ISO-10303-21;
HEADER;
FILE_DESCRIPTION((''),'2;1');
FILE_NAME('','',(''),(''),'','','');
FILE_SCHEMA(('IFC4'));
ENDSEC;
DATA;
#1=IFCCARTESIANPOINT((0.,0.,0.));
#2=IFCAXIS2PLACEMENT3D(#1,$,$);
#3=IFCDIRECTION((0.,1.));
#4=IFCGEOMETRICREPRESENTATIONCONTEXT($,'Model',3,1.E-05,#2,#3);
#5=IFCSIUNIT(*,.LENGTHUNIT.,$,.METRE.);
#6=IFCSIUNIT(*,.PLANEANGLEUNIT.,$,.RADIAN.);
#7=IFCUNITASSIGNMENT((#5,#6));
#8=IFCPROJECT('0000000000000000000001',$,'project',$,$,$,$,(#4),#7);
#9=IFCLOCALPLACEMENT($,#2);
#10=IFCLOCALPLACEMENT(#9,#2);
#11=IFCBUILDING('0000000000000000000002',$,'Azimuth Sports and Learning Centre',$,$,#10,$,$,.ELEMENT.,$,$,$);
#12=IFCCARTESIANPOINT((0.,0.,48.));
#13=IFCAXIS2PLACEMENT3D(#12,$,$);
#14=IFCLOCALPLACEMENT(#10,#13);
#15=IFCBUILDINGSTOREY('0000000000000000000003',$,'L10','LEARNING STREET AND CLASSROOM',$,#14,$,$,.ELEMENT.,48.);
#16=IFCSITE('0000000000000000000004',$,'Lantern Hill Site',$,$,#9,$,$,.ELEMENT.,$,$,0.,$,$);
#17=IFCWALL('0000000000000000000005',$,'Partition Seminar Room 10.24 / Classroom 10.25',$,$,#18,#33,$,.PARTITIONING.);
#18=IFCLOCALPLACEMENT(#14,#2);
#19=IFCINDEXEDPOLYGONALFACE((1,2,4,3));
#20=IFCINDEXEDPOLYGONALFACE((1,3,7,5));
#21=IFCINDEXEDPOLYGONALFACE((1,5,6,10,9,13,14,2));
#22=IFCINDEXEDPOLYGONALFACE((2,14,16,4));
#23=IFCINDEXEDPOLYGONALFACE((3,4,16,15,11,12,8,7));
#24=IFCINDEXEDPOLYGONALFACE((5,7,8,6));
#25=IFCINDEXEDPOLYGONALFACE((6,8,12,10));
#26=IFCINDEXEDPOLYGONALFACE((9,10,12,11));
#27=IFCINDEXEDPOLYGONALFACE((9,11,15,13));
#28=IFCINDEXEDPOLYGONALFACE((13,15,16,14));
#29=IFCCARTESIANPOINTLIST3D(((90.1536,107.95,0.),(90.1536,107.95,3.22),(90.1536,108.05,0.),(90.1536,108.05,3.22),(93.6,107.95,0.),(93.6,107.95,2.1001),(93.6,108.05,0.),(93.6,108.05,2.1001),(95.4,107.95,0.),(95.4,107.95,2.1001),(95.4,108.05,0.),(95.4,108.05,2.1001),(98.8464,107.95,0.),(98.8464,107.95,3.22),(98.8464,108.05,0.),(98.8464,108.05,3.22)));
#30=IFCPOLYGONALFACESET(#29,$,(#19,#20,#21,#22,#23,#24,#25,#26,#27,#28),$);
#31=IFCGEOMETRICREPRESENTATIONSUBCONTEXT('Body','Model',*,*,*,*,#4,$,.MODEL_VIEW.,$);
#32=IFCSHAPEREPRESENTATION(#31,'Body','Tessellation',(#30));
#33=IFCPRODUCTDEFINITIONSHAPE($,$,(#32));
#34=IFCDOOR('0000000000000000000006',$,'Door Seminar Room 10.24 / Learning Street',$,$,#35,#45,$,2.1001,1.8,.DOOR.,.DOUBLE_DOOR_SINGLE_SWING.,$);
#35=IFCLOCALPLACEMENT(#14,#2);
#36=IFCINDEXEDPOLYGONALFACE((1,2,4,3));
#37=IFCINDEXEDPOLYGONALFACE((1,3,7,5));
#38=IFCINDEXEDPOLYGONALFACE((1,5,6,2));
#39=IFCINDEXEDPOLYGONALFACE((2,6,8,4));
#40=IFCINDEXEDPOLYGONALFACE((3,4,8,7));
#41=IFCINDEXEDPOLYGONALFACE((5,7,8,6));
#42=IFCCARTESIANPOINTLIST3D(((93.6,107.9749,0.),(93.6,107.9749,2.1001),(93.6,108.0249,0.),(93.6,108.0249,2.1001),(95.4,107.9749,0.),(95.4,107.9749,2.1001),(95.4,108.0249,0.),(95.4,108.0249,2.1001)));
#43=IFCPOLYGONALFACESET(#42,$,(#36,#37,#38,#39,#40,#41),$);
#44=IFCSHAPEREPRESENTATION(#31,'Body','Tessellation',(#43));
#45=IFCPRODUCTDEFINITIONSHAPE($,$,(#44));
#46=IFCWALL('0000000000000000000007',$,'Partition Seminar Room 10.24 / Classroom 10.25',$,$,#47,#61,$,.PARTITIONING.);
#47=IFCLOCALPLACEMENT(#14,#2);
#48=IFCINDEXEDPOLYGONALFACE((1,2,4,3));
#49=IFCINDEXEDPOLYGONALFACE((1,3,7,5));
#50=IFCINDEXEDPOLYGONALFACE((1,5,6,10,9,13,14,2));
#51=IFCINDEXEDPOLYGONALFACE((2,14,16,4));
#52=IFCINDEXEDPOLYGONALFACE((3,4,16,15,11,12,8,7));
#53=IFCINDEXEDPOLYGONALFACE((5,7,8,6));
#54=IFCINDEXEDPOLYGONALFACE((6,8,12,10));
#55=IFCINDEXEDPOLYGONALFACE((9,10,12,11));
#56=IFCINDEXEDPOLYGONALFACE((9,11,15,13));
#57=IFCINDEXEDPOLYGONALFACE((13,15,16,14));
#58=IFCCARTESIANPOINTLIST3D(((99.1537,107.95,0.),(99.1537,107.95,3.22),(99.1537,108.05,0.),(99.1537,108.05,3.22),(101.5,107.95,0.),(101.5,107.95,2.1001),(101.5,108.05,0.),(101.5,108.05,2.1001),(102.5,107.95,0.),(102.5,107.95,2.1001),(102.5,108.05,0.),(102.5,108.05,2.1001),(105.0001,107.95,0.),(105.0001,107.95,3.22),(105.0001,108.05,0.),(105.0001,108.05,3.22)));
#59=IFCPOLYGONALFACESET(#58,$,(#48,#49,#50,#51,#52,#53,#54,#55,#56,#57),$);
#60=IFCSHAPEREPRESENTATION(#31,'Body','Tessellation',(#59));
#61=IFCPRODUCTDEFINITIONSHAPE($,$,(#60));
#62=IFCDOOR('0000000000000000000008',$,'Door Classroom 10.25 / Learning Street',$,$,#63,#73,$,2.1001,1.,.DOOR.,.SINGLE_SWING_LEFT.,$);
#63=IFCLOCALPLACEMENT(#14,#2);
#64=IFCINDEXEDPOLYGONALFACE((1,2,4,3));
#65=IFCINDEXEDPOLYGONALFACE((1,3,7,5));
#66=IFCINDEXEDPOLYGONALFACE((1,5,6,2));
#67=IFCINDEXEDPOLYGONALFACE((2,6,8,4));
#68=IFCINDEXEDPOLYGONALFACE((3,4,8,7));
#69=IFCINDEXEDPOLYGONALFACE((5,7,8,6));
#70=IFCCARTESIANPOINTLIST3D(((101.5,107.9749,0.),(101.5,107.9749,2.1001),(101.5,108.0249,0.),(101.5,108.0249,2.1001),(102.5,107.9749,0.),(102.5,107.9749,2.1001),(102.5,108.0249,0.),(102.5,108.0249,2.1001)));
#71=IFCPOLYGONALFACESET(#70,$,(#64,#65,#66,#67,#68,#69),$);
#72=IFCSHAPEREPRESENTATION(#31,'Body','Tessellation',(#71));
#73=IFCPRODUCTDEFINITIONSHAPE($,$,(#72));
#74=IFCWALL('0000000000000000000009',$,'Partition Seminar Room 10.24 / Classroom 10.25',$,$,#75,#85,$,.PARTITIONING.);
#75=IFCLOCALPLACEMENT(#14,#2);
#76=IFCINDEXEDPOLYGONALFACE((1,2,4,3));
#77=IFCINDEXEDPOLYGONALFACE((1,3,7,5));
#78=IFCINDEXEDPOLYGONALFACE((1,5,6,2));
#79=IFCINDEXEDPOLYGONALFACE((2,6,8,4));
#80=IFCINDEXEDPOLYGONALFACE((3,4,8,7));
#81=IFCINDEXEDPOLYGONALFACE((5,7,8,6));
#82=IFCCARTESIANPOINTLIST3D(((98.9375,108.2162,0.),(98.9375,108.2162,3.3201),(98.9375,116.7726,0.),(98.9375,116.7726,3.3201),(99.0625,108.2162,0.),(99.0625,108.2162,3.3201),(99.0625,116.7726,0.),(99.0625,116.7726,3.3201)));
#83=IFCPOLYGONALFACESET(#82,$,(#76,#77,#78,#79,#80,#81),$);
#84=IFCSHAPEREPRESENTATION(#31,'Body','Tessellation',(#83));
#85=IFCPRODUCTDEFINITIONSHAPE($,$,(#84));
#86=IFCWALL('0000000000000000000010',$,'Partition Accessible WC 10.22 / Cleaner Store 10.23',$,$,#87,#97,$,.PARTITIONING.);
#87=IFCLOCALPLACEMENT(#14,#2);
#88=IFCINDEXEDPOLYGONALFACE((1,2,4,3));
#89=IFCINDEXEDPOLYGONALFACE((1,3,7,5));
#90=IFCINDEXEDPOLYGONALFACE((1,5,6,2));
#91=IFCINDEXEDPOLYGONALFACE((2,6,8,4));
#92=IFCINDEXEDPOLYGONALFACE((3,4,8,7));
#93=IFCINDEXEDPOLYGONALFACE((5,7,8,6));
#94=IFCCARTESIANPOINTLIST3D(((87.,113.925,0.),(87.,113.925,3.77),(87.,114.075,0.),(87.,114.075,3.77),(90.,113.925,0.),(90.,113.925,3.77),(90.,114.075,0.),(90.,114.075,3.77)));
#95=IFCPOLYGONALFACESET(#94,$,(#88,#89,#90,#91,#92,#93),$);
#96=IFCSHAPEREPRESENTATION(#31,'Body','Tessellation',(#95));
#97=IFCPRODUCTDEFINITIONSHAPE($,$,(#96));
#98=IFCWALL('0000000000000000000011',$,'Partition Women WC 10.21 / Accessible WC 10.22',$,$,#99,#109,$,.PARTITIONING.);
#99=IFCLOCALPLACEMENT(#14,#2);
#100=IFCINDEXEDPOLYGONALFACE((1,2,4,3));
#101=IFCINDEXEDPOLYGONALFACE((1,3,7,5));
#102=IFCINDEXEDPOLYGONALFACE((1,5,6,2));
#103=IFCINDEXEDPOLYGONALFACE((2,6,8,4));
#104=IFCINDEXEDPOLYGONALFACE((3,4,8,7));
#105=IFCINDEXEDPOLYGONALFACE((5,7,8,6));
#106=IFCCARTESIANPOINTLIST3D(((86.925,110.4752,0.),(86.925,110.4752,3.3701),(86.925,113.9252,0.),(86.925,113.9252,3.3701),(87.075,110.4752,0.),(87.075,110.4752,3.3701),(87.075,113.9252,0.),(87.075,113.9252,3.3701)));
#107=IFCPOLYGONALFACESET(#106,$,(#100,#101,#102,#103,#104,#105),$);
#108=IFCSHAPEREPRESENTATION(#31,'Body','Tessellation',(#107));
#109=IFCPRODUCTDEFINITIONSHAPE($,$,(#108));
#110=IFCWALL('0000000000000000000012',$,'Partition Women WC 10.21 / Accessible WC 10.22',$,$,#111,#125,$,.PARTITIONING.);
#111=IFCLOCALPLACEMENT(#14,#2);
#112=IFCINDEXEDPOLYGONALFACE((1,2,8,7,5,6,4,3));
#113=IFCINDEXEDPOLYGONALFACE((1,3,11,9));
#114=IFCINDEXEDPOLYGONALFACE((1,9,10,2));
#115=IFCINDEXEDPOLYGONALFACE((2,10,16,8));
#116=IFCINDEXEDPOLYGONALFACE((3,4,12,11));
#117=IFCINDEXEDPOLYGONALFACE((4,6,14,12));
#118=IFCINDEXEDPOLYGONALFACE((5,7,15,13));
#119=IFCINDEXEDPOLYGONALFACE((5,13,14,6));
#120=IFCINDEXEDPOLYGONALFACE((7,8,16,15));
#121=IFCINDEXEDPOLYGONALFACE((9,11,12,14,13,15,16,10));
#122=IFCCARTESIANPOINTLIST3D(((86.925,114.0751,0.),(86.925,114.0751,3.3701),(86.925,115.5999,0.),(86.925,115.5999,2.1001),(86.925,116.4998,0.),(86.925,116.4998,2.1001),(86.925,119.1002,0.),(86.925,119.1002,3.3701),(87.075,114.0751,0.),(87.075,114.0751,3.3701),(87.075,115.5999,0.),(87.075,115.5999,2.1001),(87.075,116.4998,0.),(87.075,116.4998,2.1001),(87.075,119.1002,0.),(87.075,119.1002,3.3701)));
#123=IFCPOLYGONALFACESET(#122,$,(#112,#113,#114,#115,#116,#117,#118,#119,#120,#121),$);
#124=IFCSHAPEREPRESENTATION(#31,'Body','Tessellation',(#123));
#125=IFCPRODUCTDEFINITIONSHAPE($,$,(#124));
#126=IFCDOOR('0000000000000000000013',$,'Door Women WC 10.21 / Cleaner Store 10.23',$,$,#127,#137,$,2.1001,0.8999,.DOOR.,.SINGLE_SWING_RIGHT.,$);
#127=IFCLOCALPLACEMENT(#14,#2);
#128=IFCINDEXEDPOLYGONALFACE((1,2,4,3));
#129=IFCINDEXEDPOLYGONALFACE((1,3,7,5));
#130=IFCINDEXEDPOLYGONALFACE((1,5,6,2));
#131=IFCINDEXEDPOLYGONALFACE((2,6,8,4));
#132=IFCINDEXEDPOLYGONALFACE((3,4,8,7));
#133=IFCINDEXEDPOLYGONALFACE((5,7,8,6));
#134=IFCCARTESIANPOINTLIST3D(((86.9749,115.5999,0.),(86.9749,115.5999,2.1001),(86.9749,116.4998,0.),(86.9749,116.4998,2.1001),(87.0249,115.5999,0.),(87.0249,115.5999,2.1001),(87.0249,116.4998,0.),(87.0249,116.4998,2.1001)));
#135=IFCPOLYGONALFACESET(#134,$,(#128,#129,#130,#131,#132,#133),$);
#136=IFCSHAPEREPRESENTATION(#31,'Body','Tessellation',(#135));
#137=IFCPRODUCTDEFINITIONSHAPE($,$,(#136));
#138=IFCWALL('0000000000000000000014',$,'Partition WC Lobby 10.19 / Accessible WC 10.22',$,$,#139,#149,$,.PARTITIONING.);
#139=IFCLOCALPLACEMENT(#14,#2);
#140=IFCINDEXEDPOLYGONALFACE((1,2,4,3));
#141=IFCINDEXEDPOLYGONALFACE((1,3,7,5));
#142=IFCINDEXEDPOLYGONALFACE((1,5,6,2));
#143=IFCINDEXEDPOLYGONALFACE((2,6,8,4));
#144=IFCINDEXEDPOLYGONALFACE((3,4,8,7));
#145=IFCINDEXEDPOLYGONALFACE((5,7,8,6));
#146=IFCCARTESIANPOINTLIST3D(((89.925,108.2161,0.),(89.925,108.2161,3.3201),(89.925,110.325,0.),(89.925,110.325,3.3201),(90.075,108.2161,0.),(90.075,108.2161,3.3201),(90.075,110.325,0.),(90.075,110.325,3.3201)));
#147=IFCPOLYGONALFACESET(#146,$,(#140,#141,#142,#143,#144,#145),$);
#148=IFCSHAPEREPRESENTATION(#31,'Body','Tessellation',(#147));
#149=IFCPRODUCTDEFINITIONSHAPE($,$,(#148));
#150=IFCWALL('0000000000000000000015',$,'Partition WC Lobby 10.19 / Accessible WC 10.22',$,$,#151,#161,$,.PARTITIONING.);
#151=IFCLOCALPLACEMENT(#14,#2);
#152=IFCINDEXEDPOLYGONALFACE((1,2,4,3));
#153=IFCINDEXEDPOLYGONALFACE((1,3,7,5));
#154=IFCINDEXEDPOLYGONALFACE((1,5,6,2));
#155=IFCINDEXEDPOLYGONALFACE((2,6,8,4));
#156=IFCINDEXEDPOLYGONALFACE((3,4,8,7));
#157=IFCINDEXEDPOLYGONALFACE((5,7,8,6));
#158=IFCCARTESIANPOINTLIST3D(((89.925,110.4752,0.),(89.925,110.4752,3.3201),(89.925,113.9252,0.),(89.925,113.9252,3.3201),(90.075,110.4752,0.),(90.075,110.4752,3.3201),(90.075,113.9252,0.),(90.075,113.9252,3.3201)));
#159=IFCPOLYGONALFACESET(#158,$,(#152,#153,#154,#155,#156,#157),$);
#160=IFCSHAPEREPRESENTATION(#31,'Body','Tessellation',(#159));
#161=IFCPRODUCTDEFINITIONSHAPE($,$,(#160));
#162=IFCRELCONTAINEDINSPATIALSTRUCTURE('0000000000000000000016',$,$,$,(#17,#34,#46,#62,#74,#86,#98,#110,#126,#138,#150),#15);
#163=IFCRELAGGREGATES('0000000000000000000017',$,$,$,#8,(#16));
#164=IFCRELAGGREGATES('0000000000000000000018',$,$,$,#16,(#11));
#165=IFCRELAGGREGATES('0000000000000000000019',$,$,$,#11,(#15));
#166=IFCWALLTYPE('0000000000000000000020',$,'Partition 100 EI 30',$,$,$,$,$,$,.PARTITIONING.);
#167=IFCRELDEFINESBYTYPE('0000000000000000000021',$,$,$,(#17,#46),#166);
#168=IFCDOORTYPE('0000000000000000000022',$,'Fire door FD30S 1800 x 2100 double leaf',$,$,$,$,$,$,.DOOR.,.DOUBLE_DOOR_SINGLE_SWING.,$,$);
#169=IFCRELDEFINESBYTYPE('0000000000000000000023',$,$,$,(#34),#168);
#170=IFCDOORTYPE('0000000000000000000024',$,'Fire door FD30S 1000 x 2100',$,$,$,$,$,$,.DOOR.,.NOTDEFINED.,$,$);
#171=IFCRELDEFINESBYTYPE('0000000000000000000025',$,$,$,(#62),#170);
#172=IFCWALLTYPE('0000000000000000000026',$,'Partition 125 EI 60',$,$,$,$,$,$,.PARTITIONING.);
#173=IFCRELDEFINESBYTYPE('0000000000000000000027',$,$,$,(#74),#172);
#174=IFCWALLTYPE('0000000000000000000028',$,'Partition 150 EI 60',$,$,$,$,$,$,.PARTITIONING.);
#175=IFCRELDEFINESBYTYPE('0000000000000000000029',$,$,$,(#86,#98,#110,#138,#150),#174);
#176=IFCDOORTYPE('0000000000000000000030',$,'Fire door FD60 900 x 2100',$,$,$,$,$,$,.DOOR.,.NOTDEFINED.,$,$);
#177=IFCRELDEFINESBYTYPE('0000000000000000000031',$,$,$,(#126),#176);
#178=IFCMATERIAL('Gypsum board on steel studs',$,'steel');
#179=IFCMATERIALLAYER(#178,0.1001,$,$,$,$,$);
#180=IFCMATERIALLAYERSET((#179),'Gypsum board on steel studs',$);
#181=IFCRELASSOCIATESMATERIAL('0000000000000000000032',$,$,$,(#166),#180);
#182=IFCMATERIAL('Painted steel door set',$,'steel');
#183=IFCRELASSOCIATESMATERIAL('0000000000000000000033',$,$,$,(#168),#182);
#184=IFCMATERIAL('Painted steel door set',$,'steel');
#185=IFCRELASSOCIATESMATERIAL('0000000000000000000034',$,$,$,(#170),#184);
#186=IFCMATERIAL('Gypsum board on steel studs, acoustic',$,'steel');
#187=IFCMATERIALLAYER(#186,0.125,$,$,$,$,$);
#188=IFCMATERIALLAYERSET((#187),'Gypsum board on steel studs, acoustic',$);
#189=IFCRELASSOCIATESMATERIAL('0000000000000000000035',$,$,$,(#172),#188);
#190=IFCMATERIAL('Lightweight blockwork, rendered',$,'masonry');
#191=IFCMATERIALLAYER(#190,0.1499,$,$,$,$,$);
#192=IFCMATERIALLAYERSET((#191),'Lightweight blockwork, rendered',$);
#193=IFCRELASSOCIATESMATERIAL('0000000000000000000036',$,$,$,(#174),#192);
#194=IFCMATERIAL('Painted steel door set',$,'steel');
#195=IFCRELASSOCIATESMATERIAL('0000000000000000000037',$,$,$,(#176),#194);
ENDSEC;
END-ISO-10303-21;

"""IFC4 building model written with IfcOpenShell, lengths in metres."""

from ifc_helpers import new_model, si_unit, direction, frame, frame_2d, origin, place, context, subcontext, project, spatial, rectangle, extrude, material, layer, layer_set, type_object, element, fill, save


model = new_model("IFC4")

# Units and contexts
model_context = context("Model", 3, precision=1e-05, world=origin(), true_north=direction((0.0, 1.0)))
body_context = subcontext(model_context, "Body", "Model", "MODEL_VIEW")
ifc_project = project(units=[si_unit("LENGTHUNIT", "METRE"), si_unit("PLANEANGLEUNIT", "RADIAN")], contexts=[model_context])

# Site, building, storey
site_placement = place(None, origin())
site = spatial("IfcSite", under=ifc_project, at=site_placement, Name="Lantern Hill Site", CompositionType="ELEMENT", RefElevation=0.0)
building_placement = place(site_placement, origin())
building = spatial("IfcBuilding", under=site, at=building_placement, Name="Azimuth Sports and Learning Centre", CompositionType="ELEMENT")
storey_placement = place(building_placement, frame((0.0, 0.0, 48.0)))
storey = spatial("IfcBuildingStorey", under=building, at=storey_placement, Name="L10", Description="LEARNING STREET AND CLASSROOM", CompositionType="ELEMENT", Elevation=48.0)

# Walls, openings, doors
ifc_material_1 = material(Name="Gypsum board on steel studs", Category="steel")
ifc_layer_1 = layer(ifc_material_1, 0.1001)
ifc_layer_set_1 = layer_set([ifc_layer_1], Name="Gypsum board on steel studs")
wall_type_1 = type_object("IfcWallType", Name="Partition 100 EI 30", PredefinedType="PARTITIONING", material=ifc_layer_set_1)
wall_1_placement = place(storey_placement, frame((90.1536, 108.0, 0.0), z_axis=(0.0, 0.0, 1.0), x_axis=(1.0, 0.0, 0.0)))
wall_1 = element("IfcWall", 1, at=wall_1_placement, inside=storey, type_object=wall_type_1, Name="Partition Seminar Room 10.24 / Classroom 10.25", PredefinedType="PARTITIONING", context=body_context, shape_type="SweptSolid", body=[
    extrude(rectangle(XDim=8.6929, YDim=0.1001, at=frame_2d((4.3464, 0.0))), origin(), (0.0, 0.0, 1.0), 3.22),
])
opening_1_placement = place(wall_1_placement, frame((3.4465, 0.0, 0.0)))
opening_1 = element("IfcOpeningElement", 2, at=opening_1_placement, cuts=wall_1, PredefinedType="OPENING", context=body_context, shape_type="SweptSolid", body=[
    extrude(rectangle(XDim=1.8, YDim=2.1001, at=frame_2d((0.8999, 1.05))), frame((0.0, 0.061, 0.0), z_axis=(0.0, -1.0, 0.0), x_axis=(1.0, 0.0, 0.0)), (0.0, 0.0, 1.0), 0.1221),
])
ifc_material_2 = material(Name="Painted steel door set", Category="steel")
door_type_1 = type_object("IfcDoorType", Name="Fire door FD30S 1800 x 2100 double leaf", OperationType="DOUBLE_DOOR_SINGLE_SWING", PredefinedType="DOOR", material=ifc_material_2)
door_1_placement = place(opening_1_placement, origin())
door_1 = element("IfcDoor", 3, at=door_1_placement, inside=storey, type_object=door_type_1, Name="Door Seminar Room 10.24 / Learning Street", OperationType="DOUBLE_DOOR_SINGLE_SWING", OverallHeight=2.1001, OverallWidth=1.8, PredefinedType="DOOR", context=body_context, shape_type="SweptSolid", body=[
    extrude(rectangle(XDim=1.8, YDim=2.1001, at=frame_2d((0.8999, 1.05))), frame((0.0, 0.0249, 0.0), z_axis=(0.0, -1.0, 0.0), x_axis=(1.0, 0.0, 0.0)), (0.0, 0.0, 1.0), 0.05),
])
fill(opening_1, door_1)
wall_2_placement = place(storey_placement, frame((99.1536, 108.0, 0.0), z_axis=(0.0, 0.0, 1.0), x_axis=(1.0, 0.0, 0.0)))
wall_2 = element("IfcWall", 4, at=wall_2_placement, inside=storey, type_object=wall_type_1, Name="Partition Seminar Room 10.24 / Classroom 10.25", PredefinedType="PARTITIONING", context=body_context, shape_type="SweptSolid", body=[
    extrude(rectangle(XDim=5.8464, YDim=0.1001, at=frame_2d((2.9233, 0.0))), origin(), (0.0, 0.0, 1.0), 3.22),
])
opening_2_placement = place(wall_2_placement, frame((2.3464, 0.0, 0.0)))
opening_2 = element("IfcOpeningElement", 5, at=opening_2_placement, cuts=wall_2, PredefinedType="OPENING", context=body_context, shape_type="SweptSolid", body=[
    extrude(rectangle(XDim=1.0, YDim=2.1001, at=frame_2d((0.5, 1.05))), frame((0.0, 0.061, 0.0), z_axis=(0.0, -1.0, 0.0), x_axis=(1.0, 0.0, 0.0)), (0.0, 0.0, 1.0), 0.1221),
])
ifc_material_3 = material(Name="Painted steel door set", Category="steel")
door_type_2 = type_object("IfcDoorType", Name="Fire door FD30S 1000 x 2100", OperationType="NOTDEFINED", PredefinedType="DOOR", material=ifc_material_3)
door_2_placement = place(opening_2_placement, origin())
door_2 = element("IfcDoor", 6, at=door_2_placement, inside=storey, type_object=door_type_2, Name="Door Classroom 10.25 / Learning Street", OperationType="SINGLE_SWING_LEFT", OverallHeight=2.1001, OverallWidth=1.0, PredefinedType="DOOR", context=body_context, shape_type="SweptSolid", body=[
    extrude(rectangle(XDim=1.0, YDim=2.1001, at=frame_2d((0.5, 1.05))), frame((0.0, 0.0249, 0.0), z_axis=(0.0, -1.0, 0.0), x_axis=(1.0, 0.0, 0.0)), (0.0, 0.0, 1.0), 0.05),
])
fill(opening_2, door_2)

# Walls
ifc_material_4 = material(Name="Gypsum board on steel studs, acoustic", Category="steel")
ifc_layer_2 = layer(ifc_material_4, 0.125)
ifc_layer_set_2 = layer_set([ifc_layer_2], Name="Gypsum board on steel studs, acoustic")
wall_type_2 = type_object("IfcWallType", Name="Partition 125 EI 60", PredefinedType="PARTITIONING", material=ifc_layer_set_2)
wall_3_placement = place(storey_placement, frame((99.0, 108.2161, 0.0), z_axis=(0.0, 0.0, 1.0), x_axis=(0.0, 1.0, 0.0)))
element("IfcWall", 7, at=wall_3_placement, inside=storey, type_object=wall_type_2, Name="Partition Seminar Room 10.24 / Classroom 10.25", PredefinedType="PARTITIONING", context=body_context, shape_type="SweptSolid", body=[
    extrude(rectangle(XDim=8.5564, YDim=0.125, at=frame_2d((4.2783, 0.0))), origin(), (0.0, 0.0, 1.0), 3.3201),
])
ifc_material_5 = material(Name="Lightweight blockwork, rendered", Category="masonry")
ifc_layer_3 = layer(ifc_material_5, 0.1499)
ifc_layer_set_3 = layer_set([ifc_layer_3], Name="Lightweight blockwork, rendered")
wall_type_3 = type_object("IfcWallType", Name="Partition 150 EI 60", PredefinedType="PARTITIONING", material=ifc_layer_set_3)
wall_4_placement = place(storey_placement, frame((87.0, 114.0, 0.0), z_axis=(0.0, 0.0, 1.0), x_axis=(1.0, 0.0, 0.0)))
element("IfcWall", 8, at=wall_4_placement, inside=storey, type_object=wall_type_3, Name="Partition Accessible WC 10.22 / Cleaner Store 10.23", PredefinedType="PARTITIONING", context=body_context, shape_type="SweptSolid", body=[
    extrude(rectangle(XDim=3.0, YDim=0.1499, at=frame_2d((1.5, 0.0))), origin(), (0.0, 0.0, 1.0), 3.77),
])
wall_5_placement = place(storey_placement, frame((87.0, 110.4751, 0.0), z_axis=(0.0, 0.0, 1.0), x_axis=(0.0, 1.0, 0.0)))
element("IfcWall", 9, at=wall_5_placement, inside=storey, type_object=wall_type_3, Name="Partition Women WC 10.21 / Accessible WC 10.22", PredefinedType="PARTITIONING", context=body_context, shape_type="SweptSolid", body=[
    extrude(rectangle(XDim=3.45, YDim=0.1499, at=frame_2d((1.7251, 0.0))), origin(), (0.0, 0.0, 1.0), 3.3701),
])

# Wall, opening, door
wall_6_placement = place(storey_placement, frame((87.0, 114.075, 0.0), z_axis=(0.0, 0.0, 1.0), x_axis=(0.0, 1.0, 0.0)))
wall_6 = element("IfcWall", 10, at=wall_6_placement, inside=storey, type_object=wall_type_3, Name="Partition Women WC 10.21 / Accessible WC 10.22", PredefinedType="PARTITIONING", context=body_context, shape_type="SweptSolid", body=[
    extrude(rectangle(XDim=5.0251, YDim=0.1499, at=frame_2d((2.5127, 0.0))), origin(), (0.0, 0.0, 1.0), 3.3701),
])
opening_3_placement = place(wall_6_placement, frame((1.5249, 0.0, 0.0)))
opening_3 = element("IfcOpeningElement", 11, at=opening_3_placement, cuts=wall_6, PredefinedType="OPENING", context=body_context, shape_type="SweptSolid", body=[
    extrude(rectangle(XDim=0.8999, YDim=2.1001, at=frame_2d((0.45, 1.05))), frame((0.0, 0.0859, 0.0), z_axis=(0.0, -1.0, 0.0), x_axis=(1.0, 0.0, 0.0)), (0.0, 0.0, 1.0), 0.1719),
])
ifc_material_6 = material(Name="Painted steel door set", Category="steel")
door_type_3 = type_object("IfcDoorType", Name="Fire door FD60 900 x 2100", OperationType="NOTDEFINED", PredefinedType="DOOR", material=ifc_material_6)
door_3_placement = place(opening_3_placement, frame((0.8999, 0.0, 0.0), z_axis=(0.0, 0.0, 1.0), x_axis=(-1.0, 0.0, 0.0)))
door_3 = element("IfcDoor", 12, at=door_3_placement, inside=storey, type_object=door_type_3, Name="Door Women WC 10.21 / Cleaner Store 10.23", OperationType="SINGLE_SWING_RIGHT", OverallHeight=2.1001, OverallWidth=0.8999, PredefinedType="DOOR", context=body_context, shape_type="SweptSolid", body=[
    extrude(rectangle(XDim=0.8999, YDim=2.1001, at=frame_2d((0.45, 1.05))), frame((0.0, 0.0249, 0.0), z_axis=(0.0, -1.0, 0.0), x_axis=(1.0, 0.0, 0.0)), (0.0, 0.0, 1.0), 0.05),
])
fill(opening_3, door_3)

# Walls
wall_7_placement = place(storey_placement, frame((90.0, 108.2161, 0.0), z_axis=(0.0, 0.0, 1.0), x_axis=(0.0, 1.0, 0.0)))
element("IfcWall", 13, at=wall_7_placement, inside=storey, type_object=wall_type_3, Name="Partition WC Lobby 10.19 / Accessible WC 10.22", PredefinedType="PARTITIONING", context=body_context, shape_type="SweptSolid", body=[
    extrude(rectangle(XDim=2.1089, YDim=0.1499, at=frame_2d((1.0544, 0.0))), origin(), (0.0, 0.0, 1.0), 3.3201),
])
wall_8_placement = place(storey_placement, frame((90.0, 110.4751, 0.0), z_axis=(0.0, 0.0, 1.0), x_axis=(0.0, 1.0, 0.0)))
element("IfcWall", 14, at=wall_8_placement, inside=storey, type_object=wall_type_3, Name="Partition WC Lobby 10.19 / Accessible WC 10.22", PredefinedType="PARTITIONING", context=body_context, shape_type="SweptSolid", body=[
    extrude(rectangle(XDim=3.45, YDim=0.1499, at=frame_2d((1.7251, 0.0))), origin(), (0.0, 0.0, 1.0), 3.3201),
])

save(model, "model.ifc")
